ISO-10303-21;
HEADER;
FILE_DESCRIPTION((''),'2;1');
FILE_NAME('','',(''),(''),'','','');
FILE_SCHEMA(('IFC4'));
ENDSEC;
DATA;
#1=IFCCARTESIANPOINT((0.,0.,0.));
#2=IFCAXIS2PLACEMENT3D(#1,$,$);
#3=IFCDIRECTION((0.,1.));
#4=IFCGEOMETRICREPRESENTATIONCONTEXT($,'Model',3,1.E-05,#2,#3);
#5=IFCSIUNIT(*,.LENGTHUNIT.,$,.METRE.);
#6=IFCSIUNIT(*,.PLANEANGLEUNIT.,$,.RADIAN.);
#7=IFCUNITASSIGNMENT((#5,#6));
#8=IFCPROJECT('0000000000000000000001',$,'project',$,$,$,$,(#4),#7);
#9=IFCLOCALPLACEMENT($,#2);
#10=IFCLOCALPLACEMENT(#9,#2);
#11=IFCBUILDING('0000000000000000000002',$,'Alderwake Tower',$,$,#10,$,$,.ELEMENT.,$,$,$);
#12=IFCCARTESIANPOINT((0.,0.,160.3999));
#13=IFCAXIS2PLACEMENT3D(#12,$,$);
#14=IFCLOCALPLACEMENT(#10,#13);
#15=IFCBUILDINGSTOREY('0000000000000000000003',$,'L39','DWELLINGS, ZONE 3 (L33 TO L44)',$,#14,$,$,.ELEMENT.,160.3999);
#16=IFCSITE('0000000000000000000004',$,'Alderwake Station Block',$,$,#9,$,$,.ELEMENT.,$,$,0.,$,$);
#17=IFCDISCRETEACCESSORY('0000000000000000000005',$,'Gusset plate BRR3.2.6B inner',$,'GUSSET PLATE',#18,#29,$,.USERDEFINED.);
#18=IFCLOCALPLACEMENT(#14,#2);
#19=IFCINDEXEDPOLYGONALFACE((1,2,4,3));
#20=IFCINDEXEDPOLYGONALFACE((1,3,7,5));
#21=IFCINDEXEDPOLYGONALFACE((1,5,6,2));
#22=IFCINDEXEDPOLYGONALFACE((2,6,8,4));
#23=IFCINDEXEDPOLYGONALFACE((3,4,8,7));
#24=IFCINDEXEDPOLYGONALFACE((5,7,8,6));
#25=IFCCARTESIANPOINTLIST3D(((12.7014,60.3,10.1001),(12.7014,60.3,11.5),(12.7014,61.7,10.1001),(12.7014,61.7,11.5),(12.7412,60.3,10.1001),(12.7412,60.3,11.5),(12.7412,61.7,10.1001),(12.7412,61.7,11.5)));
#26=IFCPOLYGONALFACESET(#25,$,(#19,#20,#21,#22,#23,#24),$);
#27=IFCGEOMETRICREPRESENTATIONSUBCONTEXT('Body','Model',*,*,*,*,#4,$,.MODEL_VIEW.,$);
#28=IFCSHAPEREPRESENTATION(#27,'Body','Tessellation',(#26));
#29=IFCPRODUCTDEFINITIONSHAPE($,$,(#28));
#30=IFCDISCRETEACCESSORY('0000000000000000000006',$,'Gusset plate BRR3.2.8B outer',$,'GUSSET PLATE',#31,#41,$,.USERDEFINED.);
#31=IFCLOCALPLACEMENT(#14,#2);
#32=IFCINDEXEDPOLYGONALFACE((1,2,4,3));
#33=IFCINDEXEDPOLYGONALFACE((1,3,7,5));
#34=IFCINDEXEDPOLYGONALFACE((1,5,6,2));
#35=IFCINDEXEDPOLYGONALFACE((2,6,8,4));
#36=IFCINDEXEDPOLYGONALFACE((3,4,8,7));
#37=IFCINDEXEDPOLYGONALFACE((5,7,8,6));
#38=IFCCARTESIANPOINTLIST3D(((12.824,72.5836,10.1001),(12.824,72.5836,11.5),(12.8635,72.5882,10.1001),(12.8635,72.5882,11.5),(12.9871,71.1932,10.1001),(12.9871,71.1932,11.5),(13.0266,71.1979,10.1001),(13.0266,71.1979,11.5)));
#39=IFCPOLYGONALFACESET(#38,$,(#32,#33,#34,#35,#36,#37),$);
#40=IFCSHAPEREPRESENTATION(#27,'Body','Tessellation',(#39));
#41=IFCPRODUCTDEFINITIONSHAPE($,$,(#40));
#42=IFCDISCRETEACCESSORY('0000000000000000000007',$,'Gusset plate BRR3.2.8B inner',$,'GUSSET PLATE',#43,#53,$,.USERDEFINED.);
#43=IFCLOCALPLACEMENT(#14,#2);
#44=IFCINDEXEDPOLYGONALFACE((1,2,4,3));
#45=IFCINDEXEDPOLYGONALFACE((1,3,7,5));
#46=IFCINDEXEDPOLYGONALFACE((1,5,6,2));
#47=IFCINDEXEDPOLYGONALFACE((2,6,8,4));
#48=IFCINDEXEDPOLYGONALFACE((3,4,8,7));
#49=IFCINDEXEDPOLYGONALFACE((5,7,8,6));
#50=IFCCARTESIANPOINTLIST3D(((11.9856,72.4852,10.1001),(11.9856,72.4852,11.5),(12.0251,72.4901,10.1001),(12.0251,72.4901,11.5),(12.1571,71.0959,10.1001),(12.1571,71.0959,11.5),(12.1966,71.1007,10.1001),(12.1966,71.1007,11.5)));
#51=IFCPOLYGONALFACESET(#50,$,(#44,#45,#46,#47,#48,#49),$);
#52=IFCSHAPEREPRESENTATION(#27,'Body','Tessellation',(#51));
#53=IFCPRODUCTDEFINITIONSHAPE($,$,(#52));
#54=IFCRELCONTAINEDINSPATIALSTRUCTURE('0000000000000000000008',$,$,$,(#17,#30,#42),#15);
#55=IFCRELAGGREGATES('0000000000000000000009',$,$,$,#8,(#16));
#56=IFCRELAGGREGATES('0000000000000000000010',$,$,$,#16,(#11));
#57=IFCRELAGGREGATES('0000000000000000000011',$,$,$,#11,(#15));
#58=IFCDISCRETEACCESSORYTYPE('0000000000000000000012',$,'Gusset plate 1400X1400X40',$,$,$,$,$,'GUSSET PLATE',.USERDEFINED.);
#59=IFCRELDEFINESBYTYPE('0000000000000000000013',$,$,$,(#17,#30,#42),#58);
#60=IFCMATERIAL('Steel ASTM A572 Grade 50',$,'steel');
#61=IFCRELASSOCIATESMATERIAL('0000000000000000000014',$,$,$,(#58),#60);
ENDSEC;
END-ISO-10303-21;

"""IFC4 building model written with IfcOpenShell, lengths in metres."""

from ifc_helpers import new_model, si_unit, direction, frame, origin, origin_2d, place, context, subcontext, project, spatial, rectangle, extrude, material, material_profile, profile_set, type_object, element, save


model = new_model("IFC4")

# Units and contexts
model_context = context("Model", 3, precision=1e-05, world=origin(), true_north=direction((0.0, 1.0)))
body_context = subcontext(model_context, "Body", "Model", "MODEL_VIEW")
ifc_project = project(units=[si_unit("LENGTHUNIT", "METRE"), si_unit("PLANEANGLEUNIT", "RADIAN")], contexts=[model_context])

# Site, building, storey
site_placement = place(None, origin())
site = spatial("IfcSite", under=ifc_project, at=site_placement, Name="Alderwake Station Block", CompositionType="ELEMENT", RefElevation=0.0)
building_placement = place(site_placement, origin())
building = spatial("IfcBuilding", under=site, at=building_placement, Name="Alderwake Tower", CompositionType="ELEMENT")
storey_placement = place(building_placement, frame((0.0, 0.0, 160.3999)))
storey = spatial("IfcBuildingStorey", under=building, at=storey_placement, Name="L39", Description="DWELLINGS, ZONE 3 (L33 TO L44)", CompositionType="ELEMENT", Elevation=160.3999)

# Discrete accessories
ifc_material_1 = material(Name="Steel ASTM A572 Grade 50", Category="steel")
ifc_material_profile_1 = material_profile(ifc_material_1, rectangle(XDim=1.3999, YDim=1.3999, at=origin_2d()), Name="gusset 1400X1400")
ifc_profile_set_1 = profile_set([ifc_material_profile_1], Name="Steel ASTM A572 Grade 50")
discrete_accessory_type_1 = type_object("IfcDiscreteAccessoryType", Name="Gusset plate 1400X1400X40", ElementType="GUSSET PLATE", PredefinedType="USERDEFINED", material=ifc_profile_set_1)
for number, where, z_axis, x_axis, name in (
    (1, (12.7412, 61.0, 10.8), (-1.0, 0.0, 0.0), (0.0, -1.0, 0.0), "Gusset plate BRR3.2.6B inner"),
    (2, (12.9055, 71.8884, 10.8), (0.993192, 0.116486, 0.0), (-0.116486, 0.993192, 0.0), "Gusset plate BRR3.2.8B outer"),
    (3, (12.1108, 71.7954, 10.8), (-0.992465, -0.122527, 0.0), (0.122527, -0.992465, 0.0), "Gusset plate BRR3.2.8B inner"),
):
    element("IfcDiscreteAccessory", number, at=place(storey_placement, frame(where, z_axis=z_axis, x_axis=x_axis)), inside=storey, type_object=discrete_accessory_type_1, Name=name, ObjectType="GUSSET PLATE", PredefinedType="USERDEFINED", context=body_context, shape_type="SweptSolid", body=[
        extrude(rectangle(XDim=1.3999, YDim=1.3999, at=origin_2d()), origin(), (0.0, 0.0, 1.0), 0.0398),
    ])

save(model, "model.ifc")
